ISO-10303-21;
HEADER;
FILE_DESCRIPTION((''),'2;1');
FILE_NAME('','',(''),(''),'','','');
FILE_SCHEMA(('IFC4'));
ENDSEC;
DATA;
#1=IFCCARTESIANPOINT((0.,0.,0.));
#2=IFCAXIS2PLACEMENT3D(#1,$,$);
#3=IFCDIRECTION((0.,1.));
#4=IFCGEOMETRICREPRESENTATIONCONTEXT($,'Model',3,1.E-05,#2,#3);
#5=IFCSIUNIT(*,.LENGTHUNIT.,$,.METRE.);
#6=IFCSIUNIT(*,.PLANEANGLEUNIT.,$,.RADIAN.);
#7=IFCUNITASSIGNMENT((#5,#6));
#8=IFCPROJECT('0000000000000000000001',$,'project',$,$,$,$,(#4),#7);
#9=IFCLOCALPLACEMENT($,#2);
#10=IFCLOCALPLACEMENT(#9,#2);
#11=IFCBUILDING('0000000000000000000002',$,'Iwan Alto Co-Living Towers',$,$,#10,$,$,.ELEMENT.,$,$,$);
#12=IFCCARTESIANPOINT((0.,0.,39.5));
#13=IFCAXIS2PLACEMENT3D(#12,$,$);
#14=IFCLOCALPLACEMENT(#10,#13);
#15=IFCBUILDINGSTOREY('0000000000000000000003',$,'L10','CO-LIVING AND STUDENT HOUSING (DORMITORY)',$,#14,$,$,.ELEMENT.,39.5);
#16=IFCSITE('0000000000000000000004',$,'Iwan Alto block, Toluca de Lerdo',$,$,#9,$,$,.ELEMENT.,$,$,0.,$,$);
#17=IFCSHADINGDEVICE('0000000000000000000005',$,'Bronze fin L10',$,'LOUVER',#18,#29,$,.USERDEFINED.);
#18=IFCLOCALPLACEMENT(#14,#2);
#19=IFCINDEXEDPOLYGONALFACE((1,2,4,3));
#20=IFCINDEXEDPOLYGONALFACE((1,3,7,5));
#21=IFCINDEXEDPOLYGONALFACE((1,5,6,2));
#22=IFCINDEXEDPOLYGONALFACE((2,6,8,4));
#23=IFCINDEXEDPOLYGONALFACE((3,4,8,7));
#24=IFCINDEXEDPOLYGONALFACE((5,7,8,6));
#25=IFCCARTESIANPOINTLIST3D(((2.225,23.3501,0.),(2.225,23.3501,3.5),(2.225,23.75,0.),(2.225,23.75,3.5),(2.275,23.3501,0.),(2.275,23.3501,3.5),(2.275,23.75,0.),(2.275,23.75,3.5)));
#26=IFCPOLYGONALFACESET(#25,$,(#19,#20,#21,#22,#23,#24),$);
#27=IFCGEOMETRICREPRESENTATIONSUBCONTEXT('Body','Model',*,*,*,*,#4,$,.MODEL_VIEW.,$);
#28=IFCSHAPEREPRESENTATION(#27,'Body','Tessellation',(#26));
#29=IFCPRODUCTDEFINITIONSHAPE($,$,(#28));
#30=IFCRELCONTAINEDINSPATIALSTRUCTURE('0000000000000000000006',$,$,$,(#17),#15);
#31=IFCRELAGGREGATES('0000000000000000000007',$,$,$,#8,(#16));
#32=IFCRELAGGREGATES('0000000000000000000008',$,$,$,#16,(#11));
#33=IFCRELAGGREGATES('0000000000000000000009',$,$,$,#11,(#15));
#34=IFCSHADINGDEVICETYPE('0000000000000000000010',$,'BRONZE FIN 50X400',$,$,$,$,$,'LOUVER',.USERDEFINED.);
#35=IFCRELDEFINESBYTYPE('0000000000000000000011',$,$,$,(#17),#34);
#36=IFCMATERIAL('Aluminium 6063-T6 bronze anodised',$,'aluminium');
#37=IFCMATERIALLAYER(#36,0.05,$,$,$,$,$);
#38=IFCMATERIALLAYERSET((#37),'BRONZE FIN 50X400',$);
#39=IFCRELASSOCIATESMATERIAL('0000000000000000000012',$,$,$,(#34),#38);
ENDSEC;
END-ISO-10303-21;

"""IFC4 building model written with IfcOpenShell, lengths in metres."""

from ifc_helpers import new_model, si_unit, direction, frame, origin, origin_2d, place, context, subcontext, project, spatial, rectangle, extrude, material, layer, layer_set, type_object, element, save


model = new_model("IFC4")

# Units and contexts
model_context = context("Model", 3, precision=1e-05, world=origin(), true_north=direction((0.0, 1.0)))
body_context = subcontext(model_context, "Body", "Model", "MODEL_VIEW")
ifc_project = project(units=[si_unit("LENGTHUNIT", "METRE"), si_unit("PLANEANGLEUNIT", "RADIAN")], contexts=[model_context])

# Site, building, storey
site_placement = place(None, origin())
site = spatial("IfcSite", under=ifc_project, at=site_placement, Name="Iwan Alto block, Toluca de Lerdo", CompositionType="ELEMENT", RefElevation=0.0)
building_placement = place(site_placement, origin())
building = spatial("IfcBuilding", under=site, at=building_placement, Name="Iwan Alto Co-Living Towers", CompositionType="ELEMENT")
storey_placement = place(building_placement, frame((0.0, 0.0, 39.5)))
storey = spatial("IfcBuildingStorey", under=building, at=storey_placement, Name="L10", Description="CO-LIVING AND STUDENT HOUSING (DORMITORY)", CompositionType="ELEMENT", Elevation=39.5)

# Shading device
ifc_material_1 = material(Name="Aluminium 6063-T6 bronze anodised", Category="aluminium")
ifc_layer_1 = layer(ifc_material_1, 0.05)
ifc_layer_set_1 = layer_set([ifc_layer_1], Name="BRONZE FIN 50X400")
shading_device_type = type_object("IfcShadingDeviceType", Name="BRONZE FIN 50X400", ElementType="LOUVER", PredefinedType="USERDEFINED", material=ifc_layer_set_1)
shading_device_placement = place(storey_placement, frame((2.25, 23.55, 0.0), z_axis=(0.0, 0.0, 1.0), x_axis=(-1.0, 0.0, 0.0)))
element("IfcShadingDevice", 1, at=shading_device_placement, inside=storey, type_object=shading_device_type, Name="Bronze fin L10", ObjectType="LOUVER", PredefinedType="USERDEFINED", context=body_context, shape_type="SweptSolid", body=[
    extrude(rectangle(XDim=0.05, YDim=0.3999, at=origin_2d()), origin(), (0.0, 0.0, 1.0), 3.5),
])

save(model, "model.ifc")
